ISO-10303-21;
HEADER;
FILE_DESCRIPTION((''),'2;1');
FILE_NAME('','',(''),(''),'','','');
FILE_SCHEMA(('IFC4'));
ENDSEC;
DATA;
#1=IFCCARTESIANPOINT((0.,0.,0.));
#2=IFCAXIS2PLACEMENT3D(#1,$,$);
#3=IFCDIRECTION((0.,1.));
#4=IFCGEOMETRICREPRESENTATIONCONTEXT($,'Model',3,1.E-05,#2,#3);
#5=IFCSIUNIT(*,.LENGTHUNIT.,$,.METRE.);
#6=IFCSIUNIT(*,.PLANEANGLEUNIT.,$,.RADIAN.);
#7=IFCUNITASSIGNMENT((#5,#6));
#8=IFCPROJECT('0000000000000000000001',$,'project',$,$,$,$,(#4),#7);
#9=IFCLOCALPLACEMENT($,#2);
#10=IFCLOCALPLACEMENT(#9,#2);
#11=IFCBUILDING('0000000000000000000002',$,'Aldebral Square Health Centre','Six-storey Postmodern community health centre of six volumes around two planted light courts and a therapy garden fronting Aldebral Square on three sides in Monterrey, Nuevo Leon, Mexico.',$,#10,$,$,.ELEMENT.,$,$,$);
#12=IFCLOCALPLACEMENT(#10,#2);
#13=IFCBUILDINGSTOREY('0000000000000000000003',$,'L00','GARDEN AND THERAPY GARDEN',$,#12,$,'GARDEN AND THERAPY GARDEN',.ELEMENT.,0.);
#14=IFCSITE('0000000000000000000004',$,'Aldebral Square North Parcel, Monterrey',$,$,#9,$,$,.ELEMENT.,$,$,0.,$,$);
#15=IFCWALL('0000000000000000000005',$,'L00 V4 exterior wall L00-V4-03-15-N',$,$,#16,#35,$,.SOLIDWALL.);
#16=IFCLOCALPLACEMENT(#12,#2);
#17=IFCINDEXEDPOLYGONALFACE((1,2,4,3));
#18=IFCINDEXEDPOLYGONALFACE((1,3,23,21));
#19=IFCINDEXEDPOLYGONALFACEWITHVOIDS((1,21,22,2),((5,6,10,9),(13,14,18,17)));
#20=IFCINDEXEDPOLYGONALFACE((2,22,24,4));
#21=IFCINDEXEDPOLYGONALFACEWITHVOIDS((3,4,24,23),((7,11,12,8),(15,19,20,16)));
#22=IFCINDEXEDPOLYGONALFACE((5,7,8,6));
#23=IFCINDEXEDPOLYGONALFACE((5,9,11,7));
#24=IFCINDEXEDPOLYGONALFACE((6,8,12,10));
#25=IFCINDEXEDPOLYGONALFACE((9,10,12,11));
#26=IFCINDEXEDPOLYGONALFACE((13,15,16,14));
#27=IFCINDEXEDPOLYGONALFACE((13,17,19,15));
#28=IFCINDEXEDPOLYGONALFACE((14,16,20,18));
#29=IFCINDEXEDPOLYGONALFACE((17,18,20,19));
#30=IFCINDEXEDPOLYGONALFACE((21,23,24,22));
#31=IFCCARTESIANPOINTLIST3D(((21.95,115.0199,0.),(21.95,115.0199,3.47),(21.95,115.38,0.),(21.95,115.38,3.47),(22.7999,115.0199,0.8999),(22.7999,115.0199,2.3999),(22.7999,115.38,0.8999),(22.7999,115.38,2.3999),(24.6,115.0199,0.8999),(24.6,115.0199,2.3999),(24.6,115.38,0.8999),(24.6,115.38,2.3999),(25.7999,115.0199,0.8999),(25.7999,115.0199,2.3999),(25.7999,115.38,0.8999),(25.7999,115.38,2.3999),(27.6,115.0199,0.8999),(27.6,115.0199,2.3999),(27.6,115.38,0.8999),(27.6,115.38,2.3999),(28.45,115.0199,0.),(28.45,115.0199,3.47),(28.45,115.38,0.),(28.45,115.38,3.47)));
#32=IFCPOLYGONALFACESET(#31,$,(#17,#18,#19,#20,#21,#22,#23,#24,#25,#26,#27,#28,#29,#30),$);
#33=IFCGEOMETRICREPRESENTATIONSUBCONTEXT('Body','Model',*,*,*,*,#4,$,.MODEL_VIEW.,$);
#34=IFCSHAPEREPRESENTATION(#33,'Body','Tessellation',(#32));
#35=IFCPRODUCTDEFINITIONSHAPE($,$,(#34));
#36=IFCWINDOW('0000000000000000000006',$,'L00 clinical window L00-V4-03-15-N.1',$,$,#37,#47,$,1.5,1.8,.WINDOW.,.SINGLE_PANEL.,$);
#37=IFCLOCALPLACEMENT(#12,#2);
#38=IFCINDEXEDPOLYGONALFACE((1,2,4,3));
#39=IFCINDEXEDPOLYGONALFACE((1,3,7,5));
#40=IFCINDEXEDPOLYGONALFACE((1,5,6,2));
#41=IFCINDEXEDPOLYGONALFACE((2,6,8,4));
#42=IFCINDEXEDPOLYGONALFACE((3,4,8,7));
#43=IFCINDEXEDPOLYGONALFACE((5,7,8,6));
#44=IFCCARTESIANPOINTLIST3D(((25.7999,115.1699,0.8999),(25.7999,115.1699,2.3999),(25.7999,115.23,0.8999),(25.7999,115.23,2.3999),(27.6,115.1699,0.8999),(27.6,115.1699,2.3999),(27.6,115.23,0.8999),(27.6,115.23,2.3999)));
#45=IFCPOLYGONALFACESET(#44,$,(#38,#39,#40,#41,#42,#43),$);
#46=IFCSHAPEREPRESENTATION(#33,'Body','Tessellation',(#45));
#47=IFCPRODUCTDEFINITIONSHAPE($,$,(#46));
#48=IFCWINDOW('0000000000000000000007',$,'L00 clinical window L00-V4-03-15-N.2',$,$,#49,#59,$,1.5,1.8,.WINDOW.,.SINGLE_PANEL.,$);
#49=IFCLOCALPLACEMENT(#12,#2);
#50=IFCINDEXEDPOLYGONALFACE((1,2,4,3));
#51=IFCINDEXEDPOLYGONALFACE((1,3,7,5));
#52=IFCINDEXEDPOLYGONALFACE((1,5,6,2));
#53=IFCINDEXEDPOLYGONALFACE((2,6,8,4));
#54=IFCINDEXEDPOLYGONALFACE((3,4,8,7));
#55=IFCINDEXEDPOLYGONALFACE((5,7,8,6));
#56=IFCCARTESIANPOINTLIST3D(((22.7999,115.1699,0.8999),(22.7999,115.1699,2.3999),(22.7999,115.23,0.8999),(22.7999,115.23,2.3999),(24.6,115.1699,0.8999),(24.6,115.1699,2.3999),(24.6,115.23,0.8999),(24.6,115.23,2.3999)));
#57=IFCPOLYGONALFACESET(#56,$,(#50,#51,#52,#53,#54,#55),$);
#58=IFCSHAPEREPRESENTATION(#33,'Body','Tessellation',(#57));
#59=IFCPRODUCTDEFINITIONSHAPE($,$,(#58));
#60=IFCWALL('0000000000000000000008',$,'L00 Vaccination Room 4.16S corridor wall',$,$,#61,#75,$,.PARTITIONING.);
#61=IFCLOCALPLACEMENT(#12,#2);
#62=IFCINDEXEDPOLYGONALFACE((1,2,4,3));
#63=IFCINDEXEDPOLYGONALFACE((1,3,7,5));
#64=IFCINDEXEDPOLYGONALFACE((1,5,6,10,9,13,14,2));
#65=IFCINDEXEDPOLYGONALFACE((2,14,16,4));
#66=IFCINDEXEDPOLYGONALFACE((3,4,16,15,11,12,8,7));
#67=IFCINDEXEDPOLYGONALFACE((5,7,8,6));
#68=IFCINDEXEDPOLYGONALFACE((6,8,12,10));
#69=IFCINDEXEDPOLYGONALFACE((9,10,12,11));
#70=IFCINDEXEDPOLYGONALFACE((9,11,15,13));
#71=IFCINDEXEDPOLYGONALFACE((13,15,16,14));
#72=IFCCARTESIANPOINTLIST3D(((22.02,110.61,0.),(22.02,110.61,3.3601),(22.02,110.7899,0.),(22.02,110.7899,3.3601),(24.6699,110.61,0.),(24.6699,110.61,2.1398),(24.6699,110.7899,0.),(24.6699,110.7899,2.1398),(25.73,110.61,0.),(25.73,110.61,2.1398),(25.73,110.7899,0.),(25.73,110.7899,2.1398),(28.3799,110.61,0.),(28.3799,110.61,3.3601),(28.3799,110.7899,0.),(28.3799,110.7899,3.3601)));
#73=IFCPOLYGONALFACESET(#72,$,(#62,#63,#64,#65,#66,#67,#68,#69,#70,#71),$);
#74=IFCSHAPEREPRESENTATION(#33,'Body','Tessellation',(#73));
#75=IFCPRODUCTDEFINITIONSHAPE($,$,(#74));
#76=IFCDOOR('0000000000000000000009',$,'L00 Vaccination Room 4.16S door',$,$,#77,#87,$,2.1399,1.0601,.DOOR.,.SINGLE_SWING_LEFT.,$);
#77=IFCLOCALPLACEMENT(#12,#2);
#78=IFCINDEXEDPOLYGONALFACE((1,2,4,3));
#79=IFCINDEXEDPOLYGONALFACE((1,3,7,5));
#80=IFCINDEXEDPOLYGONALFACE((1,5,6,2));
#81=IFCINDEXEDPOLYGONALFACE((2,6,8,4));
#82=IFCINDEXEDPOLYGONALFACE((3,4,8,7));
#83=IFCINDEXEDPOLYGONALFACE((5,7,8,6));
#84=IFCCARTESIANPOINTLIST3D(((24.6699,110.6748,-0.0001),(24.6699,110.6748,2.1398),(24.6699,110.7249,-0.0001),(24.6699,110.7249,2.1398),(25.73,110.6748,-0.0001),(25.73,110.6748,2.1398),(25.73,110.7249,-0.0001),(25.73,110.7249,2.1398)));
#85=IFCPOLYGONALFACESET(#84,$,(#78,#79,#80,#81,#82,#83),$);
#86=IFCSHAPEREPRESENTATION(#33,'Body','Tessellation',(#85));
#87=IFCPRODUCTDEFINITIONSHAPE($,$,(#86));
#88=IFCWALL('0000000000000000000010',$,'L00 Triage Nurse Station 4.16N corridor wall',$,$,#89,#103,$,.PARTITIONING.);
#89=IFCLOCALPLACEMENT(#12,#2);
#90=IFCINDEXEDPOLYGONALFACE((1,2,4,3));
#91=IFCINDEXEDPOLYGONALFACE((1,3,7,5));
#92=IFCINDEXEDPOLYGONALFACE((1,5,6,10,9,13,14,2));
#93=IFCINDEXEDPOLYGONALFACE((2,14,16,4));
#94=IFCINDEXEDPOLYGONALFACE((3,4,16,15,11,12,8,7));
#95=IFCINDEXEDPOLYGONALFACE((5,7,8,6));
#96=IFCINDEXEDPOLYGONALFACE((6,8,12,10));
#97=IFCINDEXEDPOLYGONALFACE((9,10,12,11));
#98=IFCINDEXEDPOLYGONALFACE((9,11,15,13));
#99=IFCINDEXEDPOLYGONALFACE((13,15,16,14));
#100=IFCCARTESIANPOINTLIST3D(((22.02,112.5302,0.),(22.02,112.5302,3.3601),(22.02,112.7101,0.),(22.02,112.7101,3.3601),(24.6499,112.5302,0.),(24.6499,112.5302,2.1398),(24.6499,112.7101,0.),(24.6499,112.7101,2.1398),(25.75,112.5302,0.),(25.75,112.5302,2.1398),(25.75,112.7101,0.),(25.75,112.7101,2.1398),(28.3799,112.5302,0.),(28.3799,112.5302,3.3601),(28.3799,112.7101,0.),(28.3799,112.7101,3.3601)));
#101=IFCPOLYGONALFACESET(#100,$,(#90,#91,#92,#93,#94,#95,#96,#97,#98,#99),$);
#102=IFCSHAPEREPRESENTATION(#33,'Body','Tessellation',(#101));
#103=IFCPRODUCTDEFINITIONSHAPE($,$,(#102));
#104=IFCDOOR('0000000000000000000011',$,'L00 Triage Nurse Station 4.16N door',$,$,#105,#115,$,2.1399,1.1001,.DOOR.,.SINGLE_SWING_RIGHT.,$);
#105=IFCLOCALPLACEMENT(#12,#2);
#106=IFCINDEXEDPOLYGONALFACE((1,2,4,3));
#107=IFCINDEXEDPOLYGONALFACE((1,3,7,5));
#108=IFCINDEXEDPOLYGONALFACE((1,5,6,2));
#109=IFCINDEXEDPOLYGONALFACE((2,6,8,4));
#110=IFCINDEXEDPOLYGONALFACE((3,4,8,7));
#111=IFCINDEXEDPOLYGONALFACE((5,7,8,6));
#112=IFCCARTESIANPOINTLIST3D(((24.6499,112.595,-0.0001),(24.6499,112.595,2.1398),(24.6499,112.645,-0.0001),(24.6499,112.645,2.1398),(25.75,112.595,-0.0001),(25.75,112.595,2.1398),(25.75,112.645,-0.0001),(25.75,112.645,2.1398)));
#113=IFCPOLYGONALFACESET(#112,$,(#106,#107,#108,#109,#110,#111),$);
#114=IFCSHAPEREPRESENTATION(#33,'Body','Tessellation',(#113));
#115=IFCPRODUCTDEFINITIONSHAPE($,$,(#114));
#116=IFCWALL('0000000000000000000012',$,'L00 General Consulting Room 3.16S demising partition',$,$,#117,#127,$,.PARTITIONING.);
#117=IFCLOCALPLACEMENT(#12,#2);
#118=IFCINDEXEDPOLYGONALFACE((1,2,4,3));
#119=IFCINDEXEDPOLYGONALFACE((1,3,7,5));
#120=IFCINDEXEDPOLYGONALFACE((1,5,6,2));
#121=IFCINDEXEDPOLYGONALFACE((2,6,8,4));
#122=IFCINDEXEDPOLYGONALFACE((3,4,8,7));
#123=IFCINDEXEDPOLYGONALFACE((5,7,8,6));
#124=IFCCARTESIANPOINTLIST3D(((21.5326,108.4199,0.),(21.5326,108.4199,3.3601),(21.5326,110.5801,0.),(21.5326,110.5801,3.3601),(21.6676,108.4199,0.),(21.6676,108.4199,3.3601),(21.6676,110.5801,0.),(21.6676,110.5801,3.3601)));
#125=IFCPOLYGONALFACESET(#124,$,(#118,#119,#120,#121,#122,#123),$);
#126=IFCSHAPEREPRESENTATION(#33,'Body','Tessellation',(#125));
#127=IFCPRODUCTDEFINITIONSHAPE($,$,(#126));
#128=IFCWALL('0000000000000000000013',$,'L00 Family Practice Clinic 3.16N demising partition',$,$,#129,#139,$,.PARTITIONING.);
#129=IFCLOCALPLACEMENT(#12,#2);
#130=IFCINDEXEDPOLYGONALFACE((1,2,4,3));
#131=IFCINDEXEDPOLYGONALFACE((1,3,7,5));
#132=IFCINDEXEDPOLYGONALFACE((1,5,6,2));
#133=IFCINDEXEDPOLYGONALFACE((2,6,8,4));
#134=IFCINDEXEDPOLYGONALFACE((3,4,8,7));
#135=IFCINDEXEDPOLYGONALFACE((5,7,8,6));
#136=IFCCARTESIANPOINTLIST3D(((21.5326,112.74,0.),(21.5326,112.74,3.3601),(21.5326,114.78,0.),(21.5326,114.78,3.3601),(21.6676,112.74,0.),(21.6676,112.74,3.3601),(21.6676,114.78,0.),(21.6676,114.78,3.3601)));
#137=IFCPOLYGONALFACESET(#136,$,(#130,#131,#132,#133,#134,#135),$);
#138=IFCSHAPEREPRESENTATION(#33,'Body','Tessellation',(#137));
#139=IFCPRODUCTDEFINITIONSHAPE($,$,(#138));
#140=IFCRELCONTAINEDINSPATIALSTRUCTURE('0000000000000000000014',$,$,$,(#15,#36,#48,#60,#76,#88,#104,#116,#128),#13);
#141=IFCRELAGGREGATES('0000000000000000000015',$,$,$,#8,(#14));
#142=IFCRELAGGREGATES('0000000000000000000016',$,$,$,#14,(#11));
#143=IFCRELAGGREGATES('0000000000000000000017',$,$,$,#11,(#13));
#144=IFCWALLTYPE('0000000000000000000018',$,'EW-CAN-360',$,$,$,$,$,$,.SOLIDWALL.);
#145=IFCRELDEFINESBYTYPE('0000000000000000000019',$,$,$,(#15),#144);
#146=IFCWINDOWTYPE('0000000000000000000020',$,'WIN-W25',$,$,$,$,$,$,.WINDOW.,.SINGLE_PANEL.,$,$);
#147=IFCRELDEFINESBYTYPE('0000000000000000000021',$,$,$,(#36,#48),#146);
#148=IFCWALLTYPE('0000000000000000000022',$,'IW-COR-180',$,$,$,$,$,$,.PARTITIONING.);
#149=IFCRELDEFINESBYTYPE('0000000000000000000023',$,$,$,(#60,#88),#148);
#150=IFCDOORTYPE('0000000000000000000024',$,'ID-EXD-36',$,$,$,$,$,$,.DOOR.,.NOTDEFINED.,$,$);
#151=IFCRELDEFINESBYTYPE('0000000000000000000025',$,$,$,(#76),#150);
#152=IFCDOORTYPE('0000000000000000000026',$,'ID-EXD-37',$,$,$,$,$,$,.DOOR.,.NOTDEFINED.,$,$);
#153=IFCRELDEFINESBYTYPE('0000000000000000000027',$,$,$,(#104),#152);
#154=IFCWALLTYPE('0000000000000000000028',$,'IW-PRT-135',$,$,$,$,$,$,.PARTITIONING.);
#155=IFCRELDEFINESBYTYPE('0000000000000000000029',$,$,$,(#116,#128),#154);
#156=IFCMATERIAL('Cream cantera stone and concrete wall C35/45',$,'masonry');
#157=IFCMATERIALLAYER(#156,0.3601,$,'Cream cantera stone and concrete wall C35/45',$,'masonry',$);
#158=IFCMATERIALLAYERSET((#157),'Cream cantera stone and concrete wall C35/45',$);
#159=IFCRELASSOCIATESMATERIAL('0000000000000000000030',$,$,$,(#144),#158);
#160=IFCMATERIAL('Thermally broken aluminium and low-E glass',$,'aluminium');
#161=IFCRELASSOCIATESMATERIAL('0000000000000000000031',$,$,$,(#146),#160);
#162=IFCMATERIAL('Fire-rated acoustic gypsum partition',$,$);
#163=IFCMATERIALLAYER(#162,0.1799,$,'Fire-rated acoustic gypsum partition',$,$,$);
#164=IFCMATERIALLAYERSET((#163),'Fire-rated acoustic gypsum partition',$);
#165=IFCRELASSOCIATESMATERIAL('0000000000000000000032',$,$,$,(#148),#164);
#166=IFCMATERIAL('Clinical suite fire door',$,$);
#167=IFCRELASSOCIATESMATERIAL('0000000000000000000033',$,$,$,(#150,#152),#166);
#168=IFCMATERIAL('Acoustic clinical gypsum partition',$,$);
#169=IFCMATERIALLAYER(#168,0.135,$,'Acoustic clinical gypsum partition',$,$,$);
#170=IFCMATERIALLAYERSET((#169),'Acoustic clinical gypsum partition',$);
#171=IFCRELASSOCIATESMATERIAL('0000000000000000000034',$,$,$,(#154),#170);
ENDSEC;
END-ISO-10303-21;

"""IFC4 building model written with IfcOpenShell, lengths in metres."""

from ifc_helpers import new_model, si_unit, direction, frame, frame_2d, origin, place, context, subcontext, project, spatial, rectangle, extrude, material, layer, layer_set, type_object, element, fill, save


model = new_model("IFC4")

# Units and contexts
model_context = context("Model", 3, precision=1e-05, world=origin(), true_north=direction((0.0, 1.0)))
body_context = subcontext(model_context, "Body", "Model", "MODEL_VIEW")
ifc_project = project(units=[si_unit("LENGTHUNIT", "METRE"), si_unit("PLANEANGLEUNIT", "RADIAN")], contexts=[model_context])

# Site, building, storey
site_placement = place(None, origin())
site = spatial("IfcSite", under=ifc_project, at=site_placement, Name="Aldebral Square North Parcel, Monterrey", CompositionType="ELEMENT", RefElevation=0.0)
building_placement = place(site_placement, origin())
building = spatial("IfcBuilding", under=site, at=building_placement, Name="Aldebral Square Health Centre", Description="Six-storey Postmodern community health centre of six volumes around two planted light courts and a therapy garden fronting Aldebral Square on three sides in Monterrey, Nuevo Leon, Mexico.", CompositionType="ELEMENT")
storey_placement = place(building_placement, origin())
storey = spatial("IfcBuildingStorey", under=building, at=storey_placement, Name="L00", Description="GARDEN AND THERAPY GARDEN", LongName="GARDEN AND THERAPY GARDEN", CompositionType="ELEMENT", Elevation=0.0)

# Wall, openings, windows
ifc_material_1 = material(Name="Cream cantera stone and concrete wall C35/45", Category="masonry")
ifc_material_2 = material(Name="Thermally broken aluminium and low-E glass", Category="aluminium")
ifc_layer_1 = layer(ifc_material_1, 0.3601, Name="Cream cantera stone and concrete wall C35/45", Category="masonry")
ifc_layer_set_1 = layer_set([ifc_layer_1], Name="Cream cantera stone and concrete wall C35/45")
wall_type_1 = type_object("IfcWallType", Name="EW-CAN-360", PredefinedType="SOLIDWALL", material=ifc_layer_set_1)
wall_1_placement = place(storey_placement, frame((28.45, 115.2, 0.0), z_axis=(0.0, 0.0, 1.0), x_axis=(-1.0, 0.0, 0.0)))
wall_1 = element("IfcWall", 1, at=wall_1_placement, inside=storey, type_object=wall_type_1, Name="L00 V4 exterior wall L00-V4-03-15-N", PredefinedType="SOLIDWALL", context=body_context, shape_type="SweptSolid", body=[
    extrude(rectangle(XDim=6.5, YDim=0.3601, at=frame_2d((3.25, 0.0))), origin(), (0.0, 0.0, 1.0), 3.47),
])
opening_1_placement = place(wall_1_placement, frame((0.8501, 0.0, 0.8999)))
opening_1 = element("IfcOpeningElement", 2, at=opening_1_placement, cuts=wall_1, PredefinedType="OPENING", context=body_context, shape_type="SweptSolid", body=[
    extrude(rectangle(XDim=1.8, YDim=1.5, at=frame_2d((0.8999, 0.75))), frame((0.0, 0.1899, 0.0), z_axis=(0.0, -1.0, 0.0), x_axis=(1.0, 0.0, 0.0)), (0.0, 0.0, 1.0), 0.3801),
])
opening_2_placement = place(wall_1_placement, frame((3.8501, 0.0, 0.8999)))
opening_2 = element("IfcOpeningElement", 3, at=opening_2_placement, cuts=wall_1, PredefinedType="OPENING", context=body_context, shape_type="SweptSolid", body=[
    extrude(rectangle(XDim=1.8, YDim=1.5, at=frame_2d((0.8999, 0.75))), frame((0.0, 0.1899, 0.0), z_axis=(0.0, -1.0, 0.0), x_axis=(1.0, 0.0, 0.0)), (0.0, 0.0, 1.0), 0.3801),
])
window_type_1 = type_object("IfcWindowType", Name="WIN-W25", PartitioningType="SINGLE_PANEL", PredefinedType="WINDOW", material=ifc_material_2)
window_1_placement = place(opening_1_placement, origin())
window_1 = element("IfcWindow", 4, at=window_1_placement, inside=storey, type_object=window_type_1, Name="L00 clinical window L00-V4-03-15-N.1", OverallHeight=1.5, OverallWidth=1.8, PartitioningType="SINGLE_PANEL", PredefinedType="WINDOW", context=body_context, shape_type="SweptSolid", body=[
    extrude(rectangle(XDim=1.8, YDim=1.5, at=frame_2d((0.8999, 0.75))), frame((0.0, 0.03, 0.0), z_axis=(0.0, -1.0, 0.0), x_axis=(1.0, 0.0, 0.0)), (0.0, 0.0, 1.0), 0.0601),
])
fill(opening_1, window_1)
window_2_placement = place(opening_2_placement, origin())
window_2 = element("IfcWindow", 5, at=window_2_placement, inside=storey, type_object=window_type_1, Name="L00 clinical window L00-V4-03-15-N.2", OverallHeight=1.5, OverallWidth=1.8, PartitioningType="SINGLE_PANEL", PredefinedType="WINDOW", context=body_context, shape_type="SweptSolid", body=[
    extrude(rectangle(XDim=1.8, YDim=1.5, at=frame_2d((0.8999, 0.75))), frame((0.0, 0.03, 0.0), z_axis=(0.0, -1.0, 0.0), x_axis=(1.0, 0.0, 0.0)), (0.0, 0.0, 1.0), 0.0601),
])
fill(opening_2, window_2)

# Walls, openings, doors
ifc_material_3 = material(Name="Fire-rated acoustic gypsum partition")
ifc_layer_2 = layer(ifc_material_3, 0.1799, Name="Fire-rated acoustic gypsum partition")
ifc_layer_set_2 = layer_set([ifc_layer_2], Name="Fire-rated acoustic gypsum partition")
wall_type_2 = type_object("IfcWallType", Name="IW-COR-180", PredefinedType="PARTITIONING", material=ifc_layer_set_2)
wall_2_placement = place(storey_placement, frame((22.02, 110.7, 0.0), z_axis=(0.0, 0.0, 1.0), x_axis=(1.0, 0.0, 0.0)))
wall_2 = element("IfcWall", 6, at=wall_2_placement, inside=storey, type_object=wall_type_2, Name="L00 Vaccination Room 4.16S corridor wall", PredefinedType="PARTITIONING", context=body_context, shape_type="SweptSolid", body=[
    extrude(rectangle(XDim=6.3599, YDim=0.1799, at=frame_2d((3.1799, 0.0))), origin(), (0.0, 0.0, 1.0), 3.3601),
])
opening_3_placement = place(wall_2_placement, frame((2.6499, 0.0, 0.0)))
opening_3 = element("IfcOpeningElement", 7, at=opening_3_placement, cuts=wall_2, PredefinedType="OPENING", context=body_context, shape_type="SweptSolid", body=[
    extrude(rectangle(XDim=1.0601, YDim=2.1399, at=frame_2d((0.53, 1.0698))), frame((0.0, 0.1001, 0.0), z_axis=(0.0, -1.0, 0.0), x_axis=(1.0, 0.0, 0.0)), (0.0, 0.0, 1.0), 0.2),
])
ifc_material_4 = material(Name="Clinical suite fire door")
door_type_1 = type_object("IfcDoorType", Name="ID-EXD-36", OperationType="NOTDEFINED", PredefinedType="DOOR", material=ifc_material_4)
door_1_placement = place(opening_3_placement, origin())
door_1 = element("IfcDoor", 8, at=door_1_placement, inside=storey, type_object=door_type_1, Name="L00 Vaccination Room 4.16S door", OperationType="SINGLE_SWING_LEFT", OverallHeight=2.1399, OverallWidth=1.0601, PredefinedType="DOOR", context=body_context, shape_type="SweptSolid", body=[
    extrude(rectangle(XDim=1.0601, YDim=2.1399, at=frame_2d((0.53, 1.0698))), frame((0.0, 0.0249, 0.0), z_axis=(0.0, -1.0, 0.0), x_axis=(1.0, 0.0, 0.0)), (0.0, 0.0, 1.0), 0.05),
])
fill(opening_3, door_1)
wall_3_placement = place(storey_placement, frame((22.02, 112.6201, 0.0), z_axis=(0.0, 0.0, 1.0), x_axis=(1.0, 0.0, 0.0)))
wall_3 = element("IfcWall", 9, at=wall_3_placement, inside=storey, type_object=wall_type_2, Name="L00 Triage Nurse Station 4.16N corridor wall", PredefinedType="PARTITIONING", context=body_context, shape_type="SweptSolid", body=[
    extrude(rectangle(XDim=6.3599, YDim=0.1799, at=frame_2d((3.1799, 0.0))), origin(), (0.0, 0.0, 1.0), 3.3601),
])
opening_4_placement = place(wall_3_placement, frame((2.6299, 0.0, 0.0)))
opening_4 = element("IfcOpeningElement", 10, at=opening_4_placement, cuts=wall_3, PredefinedType="OPENING", context=body_context, shape_type="SweptSolid", body=[
    extrude(rectangle(XDim=1.1001, YDim=2.1399, at=frame_2d((0.55, 1.0698))), frame((0.0, 0.1001, 0.0), z_axis=(0.0, -1.0, 0.0), x_axis=(1.0, 0.0, 0.0)), (0.0, 0.0, 1.0), 0.2),
])
door_type_2 = type_object("IfcDoorType", Name="ID-EXD-37", OperationType="NOTDEFINED", PredefinedType="DOOR", material=ifc_material_4)
door_2_placement = place(opening_4_placement, origin())
door_2 = element("IfcDoor", 11, at=door_2_placement, inside=storey, type_object=door_type_2, Name="L00 Triage Nurse Station 4.16N door", OperationType="SINGLE_SWING_RIGHT", OverallHeight=2.1399, OverallWidth=1.1001, PredefinedType="DOOR", context=body_context, shape_type="SweptSolid", body=[
    extrude(rectangle(XDim=1.1001, YDim=2.1399, at=frame_2d((0.55, 1.0698))), frame((0.0, 0.0249, 0.0), z_axis=(0.0, -1.0, 0.0), x_axis=(1.0, 0.0, 0.0)), (0.0, 0.0, 1.0), 0.05),
])
fill(opening_4, door_2)

# Walls
ifc_material_5 = material(Name="Acoustic clinical gypsum partition")
ifc_layer_3 = layer(ifc_material_5, 0.135, Name="Acoustic clinical gypsum partition")
ifc_layer_set_3 = layer_set([ifc_layer_3], Name="Acoustic clinical gypsum partition")
wall_type_3 = type_object("IfcWallType", Name="IW-PRT-135", PredefinedType="PARTITIONING", material=ifc_layer_set_3)
wall_4_placement = place(storey_placement, frame((21.6001, 108.4199, 0.0), z_axis=(0.0, 0.0, 1.0), x_axis=(0.0, 1.0, 0.0)))
element("IfcWall", 12, at=wall_4_placement, inside=storey, type_object=wall_type_3, Name="L00 General Consulting Room 3.16S demising partition", PredefinedType="PARTITIONING", context=body_context, shape_type="SweptSolid", body=[
    extrude(rectangle(XDim=2.1602, YDim=0.135, at=frame_2d((1.0801, 0.0))), origin(), (0.0, 0.0, 1.0), 3.3601),
])
wall_5_placement = place(storey_placement, frame((21.6001, 112.74, 0.0), z_axis=(0.0, 0.0, 1.0), x_axis=(0.0, 1.0, 0.0)))
element("IfcWall", 13, at=wall_5_placement, inside=storey, type_object=wall_type_3, Name="L00 Family Practice Clinic 3.16N demising partition", PredefinedType="PARTITIONING", context=body_context, shape_type="SweptSolid", body=[
    extrude(rectangle(XDim=2.04, YDim=0.135, at=frame_2d((1.02, 0.0))), origin(), (0.0, 0.0, 1.0), 3.3601),
])

save(model, "model.ifc")
